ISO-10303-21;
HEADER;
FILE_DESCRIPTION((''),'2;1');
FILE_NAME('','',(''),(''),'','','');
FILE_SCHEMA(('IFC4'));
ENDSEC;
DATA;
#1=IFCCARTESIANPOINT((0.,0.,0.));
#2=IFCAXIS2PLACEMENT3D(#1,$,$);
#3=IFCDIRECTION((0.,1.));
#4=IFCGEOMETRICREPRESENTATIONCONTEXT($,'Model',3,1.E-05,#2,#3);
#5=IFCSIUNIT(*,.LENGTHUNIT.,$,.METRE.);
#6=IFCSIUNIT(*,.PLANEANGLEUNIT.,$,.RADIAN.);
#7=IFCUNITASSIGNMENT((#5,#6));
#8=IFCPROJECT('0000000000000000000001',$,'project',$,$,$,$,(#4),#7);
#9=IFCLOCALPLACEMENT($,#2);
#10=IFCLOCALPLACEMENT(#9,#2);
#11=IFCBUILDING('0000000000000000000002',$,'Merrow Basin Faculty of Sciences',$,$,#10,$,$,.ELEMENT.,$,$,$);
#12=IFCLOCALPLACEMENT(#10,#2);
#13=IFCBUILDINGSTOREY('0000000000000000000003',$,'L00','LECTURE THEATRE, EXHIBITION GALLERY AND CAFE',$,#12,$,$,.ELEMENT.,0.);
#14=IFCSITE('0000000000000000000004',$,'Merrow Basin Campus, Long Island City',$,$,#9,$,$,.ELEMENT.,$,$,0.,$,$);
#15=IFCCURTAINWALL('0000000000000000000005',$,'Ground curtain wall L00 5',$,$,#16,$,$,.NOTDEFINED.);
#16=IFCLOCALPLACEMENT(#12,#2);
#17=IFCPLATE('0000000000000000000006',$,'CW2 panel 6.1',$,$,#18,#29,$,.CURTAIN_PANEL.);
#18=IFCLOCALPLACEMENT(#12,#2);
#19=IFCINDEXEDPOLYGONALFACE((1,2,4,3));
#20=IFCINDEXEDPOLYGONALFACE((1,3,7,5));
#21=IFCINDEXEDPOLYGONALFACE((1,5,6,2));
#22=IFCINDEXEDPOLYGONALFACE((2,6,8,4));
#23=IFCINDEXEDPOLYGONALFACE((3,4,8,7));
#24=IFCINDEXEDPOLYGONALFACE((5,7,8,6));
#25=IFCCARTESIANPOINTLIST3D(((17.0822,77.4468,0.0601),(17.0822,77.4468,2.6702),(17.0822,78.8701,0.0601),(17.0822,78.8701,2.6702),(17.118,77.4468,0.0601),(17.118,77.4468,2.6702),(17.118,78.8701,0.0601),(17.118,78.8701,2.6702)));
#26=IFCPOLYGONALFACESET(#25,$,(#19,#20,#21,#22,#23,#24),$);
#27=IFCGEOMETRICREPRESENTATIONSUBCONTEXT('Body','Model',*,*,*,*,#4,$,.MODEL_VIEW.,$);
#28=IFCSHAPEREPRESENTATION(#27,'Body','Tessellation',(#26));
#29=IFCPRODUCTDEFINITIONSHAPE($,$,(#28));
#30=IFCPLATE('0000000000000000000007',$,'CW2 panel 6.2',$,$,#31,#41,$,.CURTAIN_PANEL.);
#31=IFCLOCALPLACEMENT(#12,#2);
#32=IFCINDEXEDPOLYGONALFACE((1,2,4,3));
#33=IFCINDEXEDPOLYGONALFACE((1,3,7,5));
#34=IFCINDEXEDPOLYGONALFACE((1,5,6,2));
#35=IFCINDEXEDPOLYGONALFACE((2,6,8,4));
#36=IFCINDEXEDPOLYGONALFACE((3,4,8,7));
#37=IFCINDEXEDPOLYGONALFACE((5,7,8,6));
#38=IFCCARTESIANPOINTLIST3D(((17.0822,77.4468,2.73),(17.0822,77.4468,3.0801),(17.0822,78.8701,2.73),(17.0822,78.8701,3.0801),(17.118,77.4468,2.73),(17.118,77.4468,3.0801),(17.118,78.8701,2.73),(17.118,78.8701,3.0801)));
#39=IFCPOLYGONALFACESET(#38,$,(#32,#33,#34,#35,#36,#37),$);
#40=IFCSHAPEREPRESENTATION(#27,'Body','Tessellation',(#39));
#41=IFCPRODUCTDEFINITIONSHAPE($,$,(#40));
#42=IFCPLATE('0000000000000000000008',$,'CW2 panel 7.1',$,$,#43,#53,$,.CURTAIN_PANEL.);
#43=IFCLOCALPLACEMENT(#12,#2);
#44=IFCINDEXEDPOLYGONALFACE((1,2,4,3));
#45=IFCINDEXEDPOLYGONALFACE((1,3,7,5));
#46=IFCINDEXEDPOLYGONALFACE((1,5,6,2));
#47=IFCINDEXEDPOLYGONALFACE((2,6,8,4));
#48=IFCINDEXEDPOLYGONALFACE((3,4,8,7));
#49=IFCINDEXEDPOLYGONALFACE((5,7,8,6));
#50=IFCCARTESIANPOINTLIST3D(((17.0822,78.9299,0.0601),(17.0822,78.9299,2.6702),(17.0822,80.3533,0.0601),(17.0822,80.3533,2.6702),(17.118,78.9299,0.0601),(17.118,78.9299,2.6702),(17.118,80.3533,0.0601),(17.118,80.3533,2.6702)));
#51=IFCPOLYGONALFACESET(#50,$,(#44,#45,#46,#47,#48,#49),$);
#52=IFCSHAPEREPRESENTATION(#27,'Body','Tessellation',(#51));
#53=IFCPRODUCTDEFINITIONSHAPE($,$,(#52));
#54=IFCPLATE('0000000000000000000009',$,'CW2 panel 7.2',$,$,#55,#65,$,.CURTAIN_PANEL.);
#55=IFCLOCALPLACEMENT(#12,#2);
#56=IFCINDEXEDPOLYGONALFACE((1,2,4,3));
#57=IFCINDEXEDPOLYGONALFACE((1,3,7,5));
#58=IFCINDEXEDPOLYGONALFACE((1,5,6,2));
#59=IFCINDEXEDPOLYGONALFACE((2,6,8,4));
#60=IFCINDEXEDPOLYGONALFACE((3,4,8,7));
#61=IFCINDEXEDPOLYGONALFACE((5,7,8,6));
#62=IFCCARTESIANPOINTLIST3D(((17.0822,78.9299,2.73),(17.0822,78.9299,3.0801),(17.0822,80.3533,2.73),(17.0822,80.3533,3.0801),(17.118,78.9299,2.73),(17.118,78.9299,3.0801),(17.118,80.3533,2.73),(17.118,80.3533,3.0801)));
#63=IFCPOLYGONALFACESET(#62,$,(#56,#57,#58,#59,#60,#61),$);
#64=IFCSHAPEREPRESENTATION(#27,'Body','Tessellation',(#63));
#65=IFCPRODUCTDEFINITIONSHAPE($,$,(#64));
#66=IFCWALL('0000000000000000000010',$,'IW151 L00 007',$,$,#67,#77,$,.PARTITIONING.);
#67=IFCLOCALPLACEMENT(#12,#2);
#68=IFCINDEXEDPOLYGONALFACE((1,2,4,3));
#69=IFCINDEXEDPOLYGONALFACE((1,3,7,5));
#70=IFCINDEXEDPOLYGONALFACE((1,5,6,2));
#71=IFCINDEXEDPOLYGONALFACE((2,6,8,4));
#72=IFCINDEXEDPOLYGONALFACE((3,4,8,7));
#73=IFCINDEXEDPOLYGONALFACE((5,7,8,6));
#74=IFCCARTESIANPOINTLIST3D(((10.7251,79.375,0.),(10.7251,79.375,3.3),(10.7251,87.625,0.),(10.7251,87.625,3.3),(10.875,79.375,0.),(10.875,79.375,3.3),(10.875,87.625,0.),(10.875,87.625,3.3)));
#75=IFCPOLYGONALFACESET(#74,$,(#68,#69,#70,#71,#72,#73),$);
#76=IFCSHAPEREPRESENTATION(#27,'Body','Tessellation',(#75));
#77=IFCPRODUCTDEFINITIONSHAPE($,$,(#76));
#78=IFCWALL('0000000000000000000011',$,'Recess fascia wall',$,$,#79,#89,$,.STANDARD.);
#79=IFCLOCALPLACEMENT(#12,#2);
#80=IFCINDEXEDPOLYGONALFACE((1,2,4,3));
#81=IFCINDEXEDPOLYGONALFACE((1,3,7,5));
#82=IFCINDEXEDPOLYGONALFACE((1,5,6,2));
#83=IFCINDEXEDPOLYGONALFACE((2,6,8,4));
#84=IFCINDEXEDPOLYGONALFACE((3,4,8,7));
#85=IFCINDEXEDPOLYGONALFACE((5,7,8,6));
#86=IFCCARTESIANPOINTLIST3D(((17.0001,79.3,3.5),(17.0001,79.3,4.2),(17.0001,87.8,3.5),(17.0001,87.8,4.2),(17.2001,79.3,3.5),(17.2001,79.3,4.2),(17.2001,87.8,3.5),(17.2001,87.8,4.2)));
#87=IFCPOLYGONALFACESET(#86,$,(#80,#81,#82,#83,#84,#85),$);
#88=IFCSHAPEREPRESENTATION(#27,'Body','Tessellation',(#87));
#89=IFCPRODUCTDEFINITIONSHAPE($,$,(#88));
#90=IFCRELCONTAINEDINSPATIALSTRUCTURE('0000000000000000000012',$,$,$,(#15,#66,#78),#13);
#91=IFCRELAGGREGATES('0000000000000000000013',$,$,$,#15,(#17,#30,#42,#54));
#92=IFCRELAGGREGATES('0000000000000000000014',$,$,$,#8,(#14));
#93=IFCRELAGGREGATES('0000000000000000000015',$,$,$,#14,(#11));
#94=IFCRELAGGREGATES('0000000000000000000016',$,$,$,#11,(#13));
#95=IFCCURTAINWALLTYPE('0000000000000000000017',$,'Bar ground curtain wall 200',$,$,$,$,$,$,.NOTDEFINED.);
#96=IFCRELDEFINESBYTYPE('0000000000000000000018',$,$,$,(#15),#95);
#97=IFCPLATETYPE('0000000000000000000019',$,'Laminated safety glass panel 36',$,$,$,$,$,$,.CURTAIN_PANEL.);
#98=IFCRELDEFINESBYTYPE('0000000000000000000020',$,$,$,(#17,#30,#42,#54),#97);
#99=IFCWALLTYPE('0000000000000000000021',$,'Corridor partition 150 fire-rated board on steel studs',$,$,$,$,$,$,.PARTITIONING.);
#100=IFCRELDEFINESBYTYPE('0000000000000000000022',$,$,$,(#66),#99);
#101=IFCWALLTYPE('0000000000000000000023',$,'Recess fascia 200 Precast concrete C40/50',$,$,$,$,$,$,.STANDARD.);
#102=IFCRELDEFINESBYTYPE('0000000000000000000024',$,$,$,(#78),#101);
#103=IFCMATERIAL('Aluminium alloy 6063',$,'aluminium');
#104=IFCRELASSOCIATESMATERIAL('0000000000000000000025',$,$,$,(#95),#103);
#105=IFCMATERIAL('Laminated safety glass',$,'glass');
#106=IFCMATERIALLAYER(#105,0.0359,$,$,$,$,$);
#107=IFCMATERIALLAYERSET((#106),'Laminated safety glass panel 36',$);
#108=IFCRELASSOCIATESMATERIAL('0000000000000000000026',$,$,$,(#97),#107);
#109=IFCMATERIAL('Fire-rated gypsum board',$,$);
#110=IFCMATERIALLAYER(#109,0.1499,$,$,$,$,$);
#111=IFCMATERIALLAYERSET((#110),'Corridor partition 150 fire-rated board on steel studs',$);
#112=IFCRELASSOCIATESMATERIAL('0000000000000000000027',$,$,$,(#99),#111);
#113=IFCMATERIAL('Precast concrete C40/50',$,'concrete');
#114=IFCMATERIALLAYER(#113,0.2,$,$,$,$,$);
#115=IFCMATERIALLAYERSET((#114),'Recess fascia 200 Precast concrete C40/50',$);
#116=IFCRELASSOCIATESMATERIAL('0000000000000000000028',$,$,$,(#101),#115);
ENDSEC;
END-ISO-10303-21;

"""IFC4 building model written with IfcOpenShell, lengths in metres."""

from ifc_helpers import new_model, si_unit, direction, frame, frame_2d, origin, origin_2d, place, context, subcontext, project, spatial, rectangle, extrude, material, layer, layer_set, type_object, element, aggregate, save


model = new_model("IFC4")

# Units and contexts
model_context = context("Model", 3, precision=1e-05, world=origin(), true_north=direction((0.0, 1.0)))
body_context = subcontext(model_context, "Body", "Model", "MODEL_VIEW")
ifc_project = project(units=[si_unit("LENGTHUNIT", "METRE"), si_unit("PLANEANGLEUNIT", "RADIAN")], contexts=[model_context])

# Site, building, storey
site_placement = place(None, origin())
site = spatial("IfcSite", under=ifc_project, at=site_placement, Name="Merrow Basin Campus, Long Island City", CompositionType="ELEMENT", RefElevation=0.0)
building_placement = place(site_placement, origin())
building = spatial("IfcBuilding", under=site, at=building_placement, Name="Merrow Basin Faculty of Sciences", CompositionType="ELEMENT")
storey_placement = place(building_placement, origin())
storey = spatial("IfcBuildingStorey", under=building, at=storey_placement, Name="L00", Description="LECTURE THEATRE, EXHIBITION GALLERY AND CAFE", CompositionType="ELEMENT", Elevation=0.0)

# Curtain wall
ifc_material_1 = material(Name="Aluminium alloy 6063", Category="aluminium")
curtain_wall_type = type_object("IfcCurtainWallType", Name="Bar ground curtain wall 200", PredefinedType="NOTDEFINED", material=ifc_material_1)
curtain_wall_placement = place(storey_placement, origin())
curtain_wall = element("IfcCurtainWall", 1, at=curtain_wall_placement, inside=storey, type_object=curtain_wall_type, Name="Ground curtain wall L00 5", PredefinedType="NOTDEFINED")

# Plates
ifc_material_2 = material(Name="Laminated safety glass", Category="glass")
ifc_layer_1 = layer(ifc_material_2, 0.0359)
ifc_layer_set_1 = layer_set([ifc_layer_1], Name="Laminated safety glass panel 36")
plate_type = type_object("IfcPlateType", Name="Laminated safety glass panel 36", PredefinedType="CURTAIN_PANEL", material=ifc_layer_set_1)
plate_1_placement = place(storey_placement, frame((17.1001, 78.1584, 0.0601), z_axis=(0.0, 0.0, 1.0), x_axis=(0.0, 1.0, 0.0)))
plate_1 = element("IfcPlate", 2, at=plate_1_placement, type_object=plate_type, Name="CW2 panel 6.1", PredefinedType="CURTAIN_PANEL", context=body_context, shape_type="SweptSolid", body=[
    extrude(rectangle(XDim=1.4233, YDim=0.0359, at=origin_2d()), origin(), (0.0, 0.0, 1.0), 2.6101),
])
plate_2_placement = place(storey_placement, frame((17.1001, 78.1584, 2.73), z_axis=(0.0, 0.0, 1.0), x_axis=(0.0, 1.0, 0.0)))
plate_2 = element("IfcPlate", 3, at=plate_2_placement, type_object=plate_type, Name="CW2 panel 6.2", PredefinedType="CURTAIN_PANEL", context=body_context, shape_type="SweptSolid", body=[
    extrude(rectangle(XDim=1.4233, YDim=0.0359, at=origin_2d()), origin(), (0.0, 0.0, 1.0), 0.3501),
])
plate_3_placement = place(storey_placement, frame((17.1001, 79.6416, 0.0601), z_axis=(0.0, 0.0, 1.0), x_axis=(0.0, 1.0, 0.0)))
plate_3 = element("IfcPlate", 4, at=plate_3_placement, type_object=plate_type, Name="CW2 panel 7.1", PredefinedType="CURTAIN_PANEL", context=body_context, shape_type="SweptSolid", body=[
    extrude(rectangle(XDim=1.4233, YDim=0.0359, at=origin_2d()), origin(), (0.0, 0.0, 1.0), 2.6101),
])
plate_4_placement = place(storey_placement, frame((17.1001, 79.6416, 2.73), z_axis=(0.0, 0.0, 1.0), x_axis=(0.0, 1.0, 0.0)))
plate_4 = element("IfcPlate", 5, at=plate_4_placement, type_object=plate_type, Name="CW2 panel 7.2", PredefinedType="CURTAIN_PANEL", context=body_context, shape_type="SweptSolid", body=[
    extrude(rectangle(XDim=1.4233, YDim=0.0359, at=origin_2d()), origin(), (0.0, 0.0, 1.0), 0.3501),
])
aggregate(curtain_wall, [plate_1, plate_2, plate_3, plate_4])

# Walls
ifc_material_3 = material(Name="Fire-rated gypsum board")
ifc_layer_2 = layer(ifc_material_3, 0.1499)
ifc_layer_set_2 = layer_set([ifc_layer_2], Name="Corridor partition 150 fire-rated board on steel studs")
wall_type_1 = type_object("IfcWallType", Name="Corridor partition 150 fire-rated board on steel studs", PredefinedType="PARTITIONING", material=ifc_layer_set_2)
wall_1_placement = place(storey_placement, frame((10.8, 79.375, 0.0), z_axis=(0.0, 0.0, 1.0), x_axis=(0.0, 1.0, 0.0)))
element("IfcWall", 6, at=wall_1_placement, inside=storey, type_object=wall_type_1, Name="IW151 L00 007", PredefinedType="PARTITIONING", context=body_context, shape_type="SweptSolid", body=[
    extrude(rectangle(XDim=8.25, YDim=0.1499, at=frame_2d((4.125, 0.0))), origin(), (0.0, 0.0, 1.0), 3.3),
])
ifc_material_4 = material(Name="Precast concrete C40/50", Category="concrete")
ifc_layer_3 = layer(ifc_material_4, 0.2)
ifc_layer_set_3 = layer_set([ifc_layer_3], Name="Recess fascia 200 Precast concrete C40/50")
wall_type_2 = type_object("IfcWallType", Name="Recess fascia 200 Precast concrete C40/50", PredefinedType="STANDARD", material=ifc_layer_set_3)
wall_2_placement = place(storey_placement, frame((17.1001, 79.3, 3.5), z_axis=(0.0, 0.0, 1.0), x_axis=(0.0, 1.0, 0.0)))
element("IfcWall", 7, at=wall_2_placement, inside=storey, type_object=wall_type_2, Name="Recess fascia wall", PredefinedType="STANDARD", context=body_context, shape_type="SweptSolid", body=[
    extrude(rectangle(XDim=8.5, YDim=0.2, at=frame_2d((4.25, 0.0))), origin(), (0.0, 0.0, 1.0), 0.7),
])

save(model, "model.ifc")
